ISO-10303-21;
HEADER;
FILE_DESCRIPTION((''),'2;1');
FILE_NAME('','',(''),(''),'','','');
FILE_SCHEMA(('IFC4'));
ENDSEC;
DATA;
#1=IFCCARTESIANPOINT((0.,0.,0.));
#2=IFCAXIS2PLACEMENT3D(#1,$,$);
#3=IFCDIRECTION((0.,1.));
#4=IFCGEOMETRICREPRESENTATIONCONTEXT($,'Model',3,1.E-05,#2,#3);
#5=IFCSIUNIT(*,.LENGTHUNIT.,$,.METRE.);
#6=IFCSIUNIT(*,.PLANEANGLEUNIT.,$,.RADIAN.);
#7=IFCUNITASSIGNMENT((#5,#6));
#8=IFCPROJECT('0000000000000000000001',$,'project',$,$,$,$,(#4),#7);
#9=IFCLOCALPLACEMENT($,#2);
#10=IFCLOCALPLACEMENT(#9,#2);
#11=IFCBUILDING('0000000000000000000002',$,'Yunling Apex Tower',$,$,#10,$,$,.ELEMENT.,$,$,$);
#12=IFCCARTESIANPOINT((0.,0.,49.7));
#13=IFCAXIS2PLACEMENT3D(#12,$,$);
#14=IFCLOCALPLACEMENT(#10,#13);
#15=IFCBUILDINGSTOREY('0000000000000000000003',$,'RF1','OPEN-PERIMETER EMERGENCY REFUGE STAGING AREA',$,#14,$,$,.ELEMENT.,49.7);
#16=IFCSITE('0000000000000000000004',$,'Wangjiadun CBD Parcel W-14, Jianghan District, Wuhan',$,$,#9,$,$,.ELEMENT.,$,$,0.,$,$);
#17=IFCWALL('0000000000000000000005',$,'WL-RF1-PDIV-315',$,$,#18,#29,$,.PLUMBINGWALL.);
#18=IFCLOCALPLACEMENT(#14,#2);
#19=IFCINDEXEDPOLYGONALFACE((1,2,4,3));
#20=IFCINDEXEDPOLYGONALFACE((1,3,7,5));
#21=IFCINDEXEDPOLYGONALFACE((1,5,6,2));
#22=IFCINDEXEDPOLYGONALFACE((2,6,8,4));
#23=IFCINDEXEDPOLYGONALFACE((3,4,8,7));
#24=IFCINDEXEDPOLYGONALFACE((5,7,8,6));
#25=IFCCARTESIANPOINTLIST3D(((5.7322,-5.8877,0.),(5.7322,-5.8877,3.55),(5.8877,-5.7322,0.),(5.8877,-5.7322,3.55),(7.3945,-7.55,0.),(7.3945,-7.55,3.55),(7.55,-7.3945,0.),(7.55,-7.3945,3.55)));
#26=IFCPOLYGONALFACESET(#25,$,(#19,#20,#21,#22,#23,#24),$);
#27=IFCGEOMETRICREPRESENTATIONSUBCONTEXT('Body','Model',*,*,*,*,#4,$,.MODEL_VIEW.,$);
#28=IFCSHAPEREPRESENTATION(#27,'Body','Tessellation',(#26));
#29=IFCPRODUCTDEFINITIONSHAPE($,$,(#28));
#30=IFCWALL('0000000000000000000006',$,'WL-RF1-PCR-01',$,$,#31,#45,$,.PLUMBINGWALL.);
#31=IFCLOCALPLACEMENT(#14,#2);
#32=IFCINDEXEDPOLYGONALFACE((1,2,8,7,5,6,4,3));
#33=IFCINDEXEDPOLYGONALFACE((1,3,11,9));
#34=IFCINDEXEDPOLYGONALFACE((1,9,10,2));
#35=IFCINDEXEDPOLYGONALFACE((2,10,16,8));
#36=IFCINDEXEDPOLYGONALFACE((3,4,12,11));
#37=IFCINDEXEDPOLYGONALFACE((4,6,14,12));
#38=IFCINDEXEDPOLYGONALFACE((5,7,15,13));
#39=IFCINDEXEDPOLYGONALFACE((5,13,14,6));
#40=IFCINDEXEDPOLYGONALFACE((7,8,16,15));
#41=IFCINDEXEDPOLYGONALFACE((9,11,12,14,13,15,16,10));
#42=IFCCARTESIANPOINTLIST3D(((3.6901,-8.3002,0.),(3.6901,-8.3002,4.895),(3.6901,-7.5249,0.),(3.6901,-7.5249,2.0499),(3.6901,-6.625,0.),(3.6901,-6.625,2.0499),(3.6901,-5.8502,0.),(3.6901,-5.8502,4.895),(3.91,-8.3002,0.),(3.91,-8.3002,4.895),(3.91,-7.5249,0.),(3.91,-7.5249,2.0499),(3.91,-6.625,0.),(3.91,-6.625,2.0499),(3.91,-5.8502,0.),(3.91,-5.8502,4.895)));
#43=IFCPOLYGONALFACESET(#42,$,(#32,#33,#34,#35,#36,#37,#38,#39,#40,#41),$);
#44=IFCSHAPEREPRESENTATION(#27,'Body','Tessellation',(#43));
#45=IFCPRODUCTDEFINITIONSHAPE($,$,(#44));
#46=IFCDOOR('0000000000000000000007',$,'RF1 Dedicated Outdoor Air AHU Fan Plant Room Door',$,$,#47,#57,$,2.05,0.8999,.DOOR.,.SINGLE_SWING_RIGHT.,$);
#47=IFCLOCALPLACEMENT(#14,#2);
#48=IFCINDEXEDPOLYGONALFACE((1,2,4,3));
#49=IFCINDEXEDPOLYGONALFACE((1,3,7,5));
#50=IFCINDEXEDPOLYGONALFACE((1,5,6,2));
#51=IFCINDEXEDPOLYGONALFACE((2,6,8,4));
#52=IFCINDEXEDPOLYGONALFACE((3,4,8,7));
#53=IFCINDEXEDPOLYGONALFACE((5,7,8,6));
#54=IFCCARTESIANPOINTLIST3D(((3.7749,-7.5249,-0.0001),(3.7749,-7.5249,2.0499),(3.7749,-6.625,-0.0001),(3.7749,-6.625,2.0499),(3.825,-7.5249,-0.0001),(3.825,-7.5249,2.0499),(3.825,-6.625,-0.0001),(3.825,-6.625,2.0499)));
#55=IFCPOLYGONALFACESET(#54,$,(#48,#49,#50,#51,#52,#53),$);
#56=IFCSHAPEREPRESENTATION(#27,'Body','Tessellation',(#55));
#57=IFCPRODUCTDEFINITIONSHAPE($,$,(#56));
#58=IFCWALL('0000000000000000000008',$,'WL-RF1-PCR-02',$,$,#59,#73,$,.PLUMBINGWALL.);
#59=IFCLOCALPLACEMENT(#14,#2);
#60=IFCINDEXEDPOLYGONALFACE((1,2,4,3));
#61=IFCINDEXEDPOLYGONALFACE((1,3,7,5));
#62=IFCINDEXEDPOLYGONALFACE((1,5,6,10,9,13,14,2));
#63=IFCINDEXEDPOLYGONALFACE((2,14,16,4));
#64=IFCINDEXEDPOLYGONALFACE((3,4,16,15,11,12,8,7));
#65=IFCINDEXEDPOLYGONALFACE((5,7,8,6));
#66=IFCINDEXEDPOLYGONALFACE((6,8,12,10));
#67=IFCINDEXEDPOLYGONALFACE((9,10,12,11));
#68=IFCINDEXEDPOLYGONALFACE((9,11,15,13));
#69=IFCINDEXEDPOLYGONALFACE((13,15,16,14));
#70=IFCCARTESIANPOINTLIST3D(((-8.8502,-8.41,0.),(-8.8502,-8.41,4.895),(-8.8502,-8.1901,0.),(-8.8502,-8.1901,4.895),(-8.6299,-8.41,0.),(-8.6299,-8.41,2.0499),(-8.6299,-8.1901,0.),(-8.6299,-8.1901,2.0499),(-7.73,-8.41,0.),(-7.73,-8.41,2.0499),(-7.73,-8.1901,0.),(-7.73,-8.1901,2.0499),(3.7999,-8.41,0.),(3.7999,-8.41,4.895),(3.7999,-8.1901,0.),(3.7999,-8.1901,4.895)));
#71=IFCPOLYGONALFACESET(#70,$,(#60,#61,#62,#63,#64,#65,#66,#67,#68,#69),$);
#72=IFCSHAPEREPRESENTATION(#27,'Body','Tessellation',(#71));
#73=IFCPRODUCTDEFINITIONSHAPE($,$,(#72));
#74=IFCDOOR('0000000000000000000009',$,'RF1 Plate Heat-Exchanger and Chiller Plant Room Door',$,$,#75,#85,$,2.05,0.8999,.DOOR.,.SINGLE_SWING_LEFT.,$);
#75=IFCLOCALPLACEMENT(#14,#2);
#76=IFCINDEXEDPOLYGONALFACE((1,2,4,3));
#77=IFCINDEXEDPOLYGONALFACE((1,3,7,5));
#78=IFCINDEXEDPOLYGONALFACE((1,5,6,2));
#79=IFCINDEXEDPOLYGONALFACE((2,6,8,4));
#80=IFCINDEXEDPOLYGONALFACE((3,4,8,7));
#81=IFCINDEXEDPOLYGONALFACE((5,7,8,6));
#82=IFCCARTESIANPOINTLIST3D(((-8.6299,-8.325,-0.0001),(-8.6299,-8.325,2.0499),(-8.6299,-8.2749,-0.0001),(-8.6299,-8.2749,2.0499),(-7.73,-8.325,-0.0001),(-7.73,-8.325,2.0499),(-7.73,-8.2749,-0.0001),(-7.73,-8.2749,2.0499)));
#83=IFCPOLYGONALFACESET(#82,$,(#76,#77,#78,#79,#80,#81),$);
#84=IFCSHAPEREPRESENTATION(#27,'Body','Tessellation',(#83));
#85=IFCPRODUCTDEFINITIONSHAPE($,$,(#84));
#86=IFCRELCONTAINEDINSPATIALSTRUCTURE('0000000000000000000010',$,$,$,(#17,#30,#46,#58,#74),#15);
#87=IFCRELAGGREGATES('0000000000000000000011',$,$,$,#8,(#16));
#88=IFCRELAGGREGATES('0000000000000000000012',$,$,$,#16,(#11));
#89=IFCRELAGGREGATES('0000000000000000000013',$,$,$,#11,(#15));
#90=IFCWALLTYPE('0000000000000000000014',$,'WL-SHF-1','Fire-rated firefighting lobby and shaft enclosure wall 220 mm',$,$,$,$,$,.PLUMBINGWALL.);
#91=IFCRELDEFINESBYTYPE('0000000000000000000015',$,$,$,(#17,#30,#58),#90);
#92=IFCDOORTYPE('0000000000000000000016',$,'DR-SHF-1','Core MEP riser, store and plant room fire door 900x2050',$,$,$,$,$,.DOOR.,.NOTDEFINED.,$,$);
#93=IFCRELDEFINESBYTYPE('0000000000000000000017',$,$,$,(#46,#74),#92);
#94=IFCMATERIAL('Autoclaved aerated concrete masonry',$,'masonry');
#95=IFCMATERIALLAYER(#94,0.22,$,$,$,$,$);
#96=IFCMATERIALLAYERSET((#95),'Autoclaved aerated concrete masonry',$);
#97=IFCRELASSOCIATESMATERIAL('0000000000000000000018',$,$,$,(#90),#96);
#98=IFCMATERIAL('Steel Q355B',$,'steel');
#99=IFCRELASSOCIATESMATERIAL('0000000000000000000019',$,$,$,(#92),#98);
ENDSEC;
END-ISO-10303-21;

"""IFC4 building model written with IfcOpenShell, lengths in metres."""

from ifc_helpers import new_model, si_unit, direction, frame, frame_2d, origin, place, context, subcontext, project, spatial, rectangle, extrude, material, layer, layer_set, type_object, element, fill, save


model = new_model("IFC4")

# Units and contexts
model_context = context("Model", 3, precision=1e-05, world=origin(), true_north=direction((0.0, 1.0)))
body_context = subcontext(model_context, "Body", "Model", "MODEL_VIEW")
ifc_project = project(units=[si_unit("LENGTHUNIT", "METRE"), si_unit("PLANEANGLEUNIT", "RADIAN")], contexts=[model_context])

# Site, building, storey
site_placement = place(None, origin())
site = spatial("IfcSite", under=ifc_project, at=site_placement, Name="Wangjiadun CBD Parcel W-14, Jianghan District, Wuhan", CompositionType="ELEMENT", RefElevation=0.0)
building_placement = place(site_placement, origin())
building = spatial("IfcBuilding", under=site, at=building_placement, Name="Yunling Apex Tower", CompositionType="ELEMENT")
storey_placement = place(building_placement, frame((0.0, 0.0, 49.7)))
storey = spatial("IfcBuildingStorey", under=building, at=storey_placement, Name="RF1", Description="OPEN-PERIMETER EMERGENCY REFUGE STAGING AREA", CompositionType="ELEMENT", Elevation=49.7)

# Shared definitions
ifc_material_1 = material(Name="Steel Q355B", Category="steel")

# Shared definitions
ifc_material_2 = material(Name="Autoclaved aerated concrete masonry", Category="masonry")
ifc_layer_1 = layer(ifc_material_2, 0.22)
ifc_layer_set_1 = layer_set([ifc_layer_1], Name="Autoclaved aerated concrete masonry")
wall_type_1 = type_object("IfcWallType", Name="WL-SHF-1", Description="Fire-rated firefighting lobby and shaft enclosure wall 220 mm", PredefinedType="PLUMBINGWALL", material=ifc_layer_set_1)

# Wall
wall_1_placement = place(storey_placement, frame((5.8101, -5.8101, 0.0), z_axis=(0.0, 0.0, 1.0), x_axis=(0.707107, -0.707107, 0.0)))
element("IfcWall", 1, at=wall_1_placement, inside=storey, type_object=wall_type_1, Name="WL-RF1-PDIV-315", PredefinedType="PLUMBINGWALL", context=body_context, shape_type="SweptSolid", body=[
    extrude(rectangle(XDim=2.3508, YDim=0.22, at=frame_2d((1.1753, 0.0))), origin(), (0.0, 0.0, 1.0), 3.55),
])

# Walls, openings, doors
wall_2_placement = place(storey_placement, frame((3.8, -5.8501, 0.0), z_axis=(0.0, 0.0, 1.0), x_axis=(0.0, -1.0, 0.0)))
wall_2 = element("IfcWall", 2, at=wall_2_placement, inside=storey, type_object=wall_type_1, Name="WL-RF1-PCR-01", PredefinedType="PLUMBINGWALL", context=body_context, shape_type="SweptSolid", body=[
    extrude(rectangle(XDim=2.45, YDim=0.22, at=frame_2d((1.2251, 0.0))), origin(), (0.0, 0.0, 1.0), 4.895),
])
opening_1_placement = place(wall_2_placement, frame((0.7749, 0.0, 0.0)))
opening_1 = element("IfcOpeningElement", 3, at=opening_1_placement, cuts=wall_2, PredefinedType="OPENING", context=body_context, shape_type="SweptSolid", body=[
    extrude(rectangle(XDim=0.8999, YDim=2.05, at=frame_2d((0.45, 1.0249))), frame((0.0, 0.1201, 0.0), z_axis=(0.0, -1.0, 0.0), x_axis=(1.0, 0.0, 0.0)), (0.0, 0.0, 1.0), 0.24),
])
door_type_1 = type_object("IfcDoorType", Name="DR-SHF-1", Description="Core MEP riser, store and plant room fire door 900x2050", OperationType="NOTDEFINED", PredefinedType="DOOR", material=ifc_material_1)
door_1_placement = place(opening_1_placement, origin())
door_1 = element("IfcDoor", 4, at=door_1_placement, inside=storey, type_object=door_type_1, Name="RF1 Dedicated Outdoor Air AHU Fan Plant Room Door", OperationType="SINGLE_SWING_RIGHT", OverallHeight=2.05, OverallWidth=0.8999, PredefinedType="DOOR", context=body_context, shape_type="SweptSolid", body=[
    extrude(rectangle(XDim=0.8999, YDim=2.05, at=frame_2d((0.45, 1.0249))), frame((0.0, 0.0249, 0.0), z_axis=(0.0, -1.0, 0.0), x_axis=(1.0, 0.0, 0.0)), (0.0, 0.0, 1.0), 0.05),
])
fill(opening_1, door_1)
wall_3_placement = place(storey_placement, frame((3.8, -8.3, 0.0), z_axis=(0.0, 0.0, 1.0), x_axis=(-1.0, 0.0, 0.0)))
wall_3 = element("IfcWall", 5, at=wall_3_placement, inside=storey, type_object=wall_type_1, Name="WL-RF1-PCR-02", PredefinedType="PLUMBINGWALL", context=body_context, shape_type="SweptSolid", body=[
    extrude(rectangle(XDim=12.6501, YDim=0.22, at=frame_2d((6.3252, 0.0))), origin(), (0.0, 0.0, 1.0), 4.895),
])
opening_2_placement = place(wall_3_placement, frame((11.53, 0.0, 0.0)))
opening_2 = element("IfcOpeningElement", 6, at=opening_2_placement, cuts=wall_3, PredefinedType="OPENING", context=body_context, shape_type="SweptSolid", body=[
    extrude(rectangle(XDim=0.8999, YDim=2.05, at=frame_2d((0.45, 1.0249))), frame((0.0, 0.1201, 0.0), z_axis=(0.0, -1.0, 0.0), x_axis=(1.0, 0.0, 0.0)), (0.0, 0.0, 1.0), 0.24),
])
door_2_placement = place(opening_2_placement, origin())
door_2 = element("IfcDoor", 7, at=door_2_placement, inside=storey, type_object=door_type_1, Name="RF1 Plate Heat-Exchanger and Chiller Plant Room Door", OperationType="SINGLE_SWING_LEFT", OverallHeight=2.05, OverallWidth=0.8999, PredefinedType="DOOR", context=body_context, shape_type="SweptSolid", body=[
    extrude(rectangle(XDim=0.8999, YDim=2.05, at=frame_2d((0.45, 1.0249))), frame((0.0, 0.0249, 0.0), z_axis=(0.0, -1.0, 0.0), x_axis=(1.0, 0.0, 0.0)), (0.0, 0.0, 1.0), 0.05),
])
fill(opening_2, door_2)

save(model, "model.ifc")
